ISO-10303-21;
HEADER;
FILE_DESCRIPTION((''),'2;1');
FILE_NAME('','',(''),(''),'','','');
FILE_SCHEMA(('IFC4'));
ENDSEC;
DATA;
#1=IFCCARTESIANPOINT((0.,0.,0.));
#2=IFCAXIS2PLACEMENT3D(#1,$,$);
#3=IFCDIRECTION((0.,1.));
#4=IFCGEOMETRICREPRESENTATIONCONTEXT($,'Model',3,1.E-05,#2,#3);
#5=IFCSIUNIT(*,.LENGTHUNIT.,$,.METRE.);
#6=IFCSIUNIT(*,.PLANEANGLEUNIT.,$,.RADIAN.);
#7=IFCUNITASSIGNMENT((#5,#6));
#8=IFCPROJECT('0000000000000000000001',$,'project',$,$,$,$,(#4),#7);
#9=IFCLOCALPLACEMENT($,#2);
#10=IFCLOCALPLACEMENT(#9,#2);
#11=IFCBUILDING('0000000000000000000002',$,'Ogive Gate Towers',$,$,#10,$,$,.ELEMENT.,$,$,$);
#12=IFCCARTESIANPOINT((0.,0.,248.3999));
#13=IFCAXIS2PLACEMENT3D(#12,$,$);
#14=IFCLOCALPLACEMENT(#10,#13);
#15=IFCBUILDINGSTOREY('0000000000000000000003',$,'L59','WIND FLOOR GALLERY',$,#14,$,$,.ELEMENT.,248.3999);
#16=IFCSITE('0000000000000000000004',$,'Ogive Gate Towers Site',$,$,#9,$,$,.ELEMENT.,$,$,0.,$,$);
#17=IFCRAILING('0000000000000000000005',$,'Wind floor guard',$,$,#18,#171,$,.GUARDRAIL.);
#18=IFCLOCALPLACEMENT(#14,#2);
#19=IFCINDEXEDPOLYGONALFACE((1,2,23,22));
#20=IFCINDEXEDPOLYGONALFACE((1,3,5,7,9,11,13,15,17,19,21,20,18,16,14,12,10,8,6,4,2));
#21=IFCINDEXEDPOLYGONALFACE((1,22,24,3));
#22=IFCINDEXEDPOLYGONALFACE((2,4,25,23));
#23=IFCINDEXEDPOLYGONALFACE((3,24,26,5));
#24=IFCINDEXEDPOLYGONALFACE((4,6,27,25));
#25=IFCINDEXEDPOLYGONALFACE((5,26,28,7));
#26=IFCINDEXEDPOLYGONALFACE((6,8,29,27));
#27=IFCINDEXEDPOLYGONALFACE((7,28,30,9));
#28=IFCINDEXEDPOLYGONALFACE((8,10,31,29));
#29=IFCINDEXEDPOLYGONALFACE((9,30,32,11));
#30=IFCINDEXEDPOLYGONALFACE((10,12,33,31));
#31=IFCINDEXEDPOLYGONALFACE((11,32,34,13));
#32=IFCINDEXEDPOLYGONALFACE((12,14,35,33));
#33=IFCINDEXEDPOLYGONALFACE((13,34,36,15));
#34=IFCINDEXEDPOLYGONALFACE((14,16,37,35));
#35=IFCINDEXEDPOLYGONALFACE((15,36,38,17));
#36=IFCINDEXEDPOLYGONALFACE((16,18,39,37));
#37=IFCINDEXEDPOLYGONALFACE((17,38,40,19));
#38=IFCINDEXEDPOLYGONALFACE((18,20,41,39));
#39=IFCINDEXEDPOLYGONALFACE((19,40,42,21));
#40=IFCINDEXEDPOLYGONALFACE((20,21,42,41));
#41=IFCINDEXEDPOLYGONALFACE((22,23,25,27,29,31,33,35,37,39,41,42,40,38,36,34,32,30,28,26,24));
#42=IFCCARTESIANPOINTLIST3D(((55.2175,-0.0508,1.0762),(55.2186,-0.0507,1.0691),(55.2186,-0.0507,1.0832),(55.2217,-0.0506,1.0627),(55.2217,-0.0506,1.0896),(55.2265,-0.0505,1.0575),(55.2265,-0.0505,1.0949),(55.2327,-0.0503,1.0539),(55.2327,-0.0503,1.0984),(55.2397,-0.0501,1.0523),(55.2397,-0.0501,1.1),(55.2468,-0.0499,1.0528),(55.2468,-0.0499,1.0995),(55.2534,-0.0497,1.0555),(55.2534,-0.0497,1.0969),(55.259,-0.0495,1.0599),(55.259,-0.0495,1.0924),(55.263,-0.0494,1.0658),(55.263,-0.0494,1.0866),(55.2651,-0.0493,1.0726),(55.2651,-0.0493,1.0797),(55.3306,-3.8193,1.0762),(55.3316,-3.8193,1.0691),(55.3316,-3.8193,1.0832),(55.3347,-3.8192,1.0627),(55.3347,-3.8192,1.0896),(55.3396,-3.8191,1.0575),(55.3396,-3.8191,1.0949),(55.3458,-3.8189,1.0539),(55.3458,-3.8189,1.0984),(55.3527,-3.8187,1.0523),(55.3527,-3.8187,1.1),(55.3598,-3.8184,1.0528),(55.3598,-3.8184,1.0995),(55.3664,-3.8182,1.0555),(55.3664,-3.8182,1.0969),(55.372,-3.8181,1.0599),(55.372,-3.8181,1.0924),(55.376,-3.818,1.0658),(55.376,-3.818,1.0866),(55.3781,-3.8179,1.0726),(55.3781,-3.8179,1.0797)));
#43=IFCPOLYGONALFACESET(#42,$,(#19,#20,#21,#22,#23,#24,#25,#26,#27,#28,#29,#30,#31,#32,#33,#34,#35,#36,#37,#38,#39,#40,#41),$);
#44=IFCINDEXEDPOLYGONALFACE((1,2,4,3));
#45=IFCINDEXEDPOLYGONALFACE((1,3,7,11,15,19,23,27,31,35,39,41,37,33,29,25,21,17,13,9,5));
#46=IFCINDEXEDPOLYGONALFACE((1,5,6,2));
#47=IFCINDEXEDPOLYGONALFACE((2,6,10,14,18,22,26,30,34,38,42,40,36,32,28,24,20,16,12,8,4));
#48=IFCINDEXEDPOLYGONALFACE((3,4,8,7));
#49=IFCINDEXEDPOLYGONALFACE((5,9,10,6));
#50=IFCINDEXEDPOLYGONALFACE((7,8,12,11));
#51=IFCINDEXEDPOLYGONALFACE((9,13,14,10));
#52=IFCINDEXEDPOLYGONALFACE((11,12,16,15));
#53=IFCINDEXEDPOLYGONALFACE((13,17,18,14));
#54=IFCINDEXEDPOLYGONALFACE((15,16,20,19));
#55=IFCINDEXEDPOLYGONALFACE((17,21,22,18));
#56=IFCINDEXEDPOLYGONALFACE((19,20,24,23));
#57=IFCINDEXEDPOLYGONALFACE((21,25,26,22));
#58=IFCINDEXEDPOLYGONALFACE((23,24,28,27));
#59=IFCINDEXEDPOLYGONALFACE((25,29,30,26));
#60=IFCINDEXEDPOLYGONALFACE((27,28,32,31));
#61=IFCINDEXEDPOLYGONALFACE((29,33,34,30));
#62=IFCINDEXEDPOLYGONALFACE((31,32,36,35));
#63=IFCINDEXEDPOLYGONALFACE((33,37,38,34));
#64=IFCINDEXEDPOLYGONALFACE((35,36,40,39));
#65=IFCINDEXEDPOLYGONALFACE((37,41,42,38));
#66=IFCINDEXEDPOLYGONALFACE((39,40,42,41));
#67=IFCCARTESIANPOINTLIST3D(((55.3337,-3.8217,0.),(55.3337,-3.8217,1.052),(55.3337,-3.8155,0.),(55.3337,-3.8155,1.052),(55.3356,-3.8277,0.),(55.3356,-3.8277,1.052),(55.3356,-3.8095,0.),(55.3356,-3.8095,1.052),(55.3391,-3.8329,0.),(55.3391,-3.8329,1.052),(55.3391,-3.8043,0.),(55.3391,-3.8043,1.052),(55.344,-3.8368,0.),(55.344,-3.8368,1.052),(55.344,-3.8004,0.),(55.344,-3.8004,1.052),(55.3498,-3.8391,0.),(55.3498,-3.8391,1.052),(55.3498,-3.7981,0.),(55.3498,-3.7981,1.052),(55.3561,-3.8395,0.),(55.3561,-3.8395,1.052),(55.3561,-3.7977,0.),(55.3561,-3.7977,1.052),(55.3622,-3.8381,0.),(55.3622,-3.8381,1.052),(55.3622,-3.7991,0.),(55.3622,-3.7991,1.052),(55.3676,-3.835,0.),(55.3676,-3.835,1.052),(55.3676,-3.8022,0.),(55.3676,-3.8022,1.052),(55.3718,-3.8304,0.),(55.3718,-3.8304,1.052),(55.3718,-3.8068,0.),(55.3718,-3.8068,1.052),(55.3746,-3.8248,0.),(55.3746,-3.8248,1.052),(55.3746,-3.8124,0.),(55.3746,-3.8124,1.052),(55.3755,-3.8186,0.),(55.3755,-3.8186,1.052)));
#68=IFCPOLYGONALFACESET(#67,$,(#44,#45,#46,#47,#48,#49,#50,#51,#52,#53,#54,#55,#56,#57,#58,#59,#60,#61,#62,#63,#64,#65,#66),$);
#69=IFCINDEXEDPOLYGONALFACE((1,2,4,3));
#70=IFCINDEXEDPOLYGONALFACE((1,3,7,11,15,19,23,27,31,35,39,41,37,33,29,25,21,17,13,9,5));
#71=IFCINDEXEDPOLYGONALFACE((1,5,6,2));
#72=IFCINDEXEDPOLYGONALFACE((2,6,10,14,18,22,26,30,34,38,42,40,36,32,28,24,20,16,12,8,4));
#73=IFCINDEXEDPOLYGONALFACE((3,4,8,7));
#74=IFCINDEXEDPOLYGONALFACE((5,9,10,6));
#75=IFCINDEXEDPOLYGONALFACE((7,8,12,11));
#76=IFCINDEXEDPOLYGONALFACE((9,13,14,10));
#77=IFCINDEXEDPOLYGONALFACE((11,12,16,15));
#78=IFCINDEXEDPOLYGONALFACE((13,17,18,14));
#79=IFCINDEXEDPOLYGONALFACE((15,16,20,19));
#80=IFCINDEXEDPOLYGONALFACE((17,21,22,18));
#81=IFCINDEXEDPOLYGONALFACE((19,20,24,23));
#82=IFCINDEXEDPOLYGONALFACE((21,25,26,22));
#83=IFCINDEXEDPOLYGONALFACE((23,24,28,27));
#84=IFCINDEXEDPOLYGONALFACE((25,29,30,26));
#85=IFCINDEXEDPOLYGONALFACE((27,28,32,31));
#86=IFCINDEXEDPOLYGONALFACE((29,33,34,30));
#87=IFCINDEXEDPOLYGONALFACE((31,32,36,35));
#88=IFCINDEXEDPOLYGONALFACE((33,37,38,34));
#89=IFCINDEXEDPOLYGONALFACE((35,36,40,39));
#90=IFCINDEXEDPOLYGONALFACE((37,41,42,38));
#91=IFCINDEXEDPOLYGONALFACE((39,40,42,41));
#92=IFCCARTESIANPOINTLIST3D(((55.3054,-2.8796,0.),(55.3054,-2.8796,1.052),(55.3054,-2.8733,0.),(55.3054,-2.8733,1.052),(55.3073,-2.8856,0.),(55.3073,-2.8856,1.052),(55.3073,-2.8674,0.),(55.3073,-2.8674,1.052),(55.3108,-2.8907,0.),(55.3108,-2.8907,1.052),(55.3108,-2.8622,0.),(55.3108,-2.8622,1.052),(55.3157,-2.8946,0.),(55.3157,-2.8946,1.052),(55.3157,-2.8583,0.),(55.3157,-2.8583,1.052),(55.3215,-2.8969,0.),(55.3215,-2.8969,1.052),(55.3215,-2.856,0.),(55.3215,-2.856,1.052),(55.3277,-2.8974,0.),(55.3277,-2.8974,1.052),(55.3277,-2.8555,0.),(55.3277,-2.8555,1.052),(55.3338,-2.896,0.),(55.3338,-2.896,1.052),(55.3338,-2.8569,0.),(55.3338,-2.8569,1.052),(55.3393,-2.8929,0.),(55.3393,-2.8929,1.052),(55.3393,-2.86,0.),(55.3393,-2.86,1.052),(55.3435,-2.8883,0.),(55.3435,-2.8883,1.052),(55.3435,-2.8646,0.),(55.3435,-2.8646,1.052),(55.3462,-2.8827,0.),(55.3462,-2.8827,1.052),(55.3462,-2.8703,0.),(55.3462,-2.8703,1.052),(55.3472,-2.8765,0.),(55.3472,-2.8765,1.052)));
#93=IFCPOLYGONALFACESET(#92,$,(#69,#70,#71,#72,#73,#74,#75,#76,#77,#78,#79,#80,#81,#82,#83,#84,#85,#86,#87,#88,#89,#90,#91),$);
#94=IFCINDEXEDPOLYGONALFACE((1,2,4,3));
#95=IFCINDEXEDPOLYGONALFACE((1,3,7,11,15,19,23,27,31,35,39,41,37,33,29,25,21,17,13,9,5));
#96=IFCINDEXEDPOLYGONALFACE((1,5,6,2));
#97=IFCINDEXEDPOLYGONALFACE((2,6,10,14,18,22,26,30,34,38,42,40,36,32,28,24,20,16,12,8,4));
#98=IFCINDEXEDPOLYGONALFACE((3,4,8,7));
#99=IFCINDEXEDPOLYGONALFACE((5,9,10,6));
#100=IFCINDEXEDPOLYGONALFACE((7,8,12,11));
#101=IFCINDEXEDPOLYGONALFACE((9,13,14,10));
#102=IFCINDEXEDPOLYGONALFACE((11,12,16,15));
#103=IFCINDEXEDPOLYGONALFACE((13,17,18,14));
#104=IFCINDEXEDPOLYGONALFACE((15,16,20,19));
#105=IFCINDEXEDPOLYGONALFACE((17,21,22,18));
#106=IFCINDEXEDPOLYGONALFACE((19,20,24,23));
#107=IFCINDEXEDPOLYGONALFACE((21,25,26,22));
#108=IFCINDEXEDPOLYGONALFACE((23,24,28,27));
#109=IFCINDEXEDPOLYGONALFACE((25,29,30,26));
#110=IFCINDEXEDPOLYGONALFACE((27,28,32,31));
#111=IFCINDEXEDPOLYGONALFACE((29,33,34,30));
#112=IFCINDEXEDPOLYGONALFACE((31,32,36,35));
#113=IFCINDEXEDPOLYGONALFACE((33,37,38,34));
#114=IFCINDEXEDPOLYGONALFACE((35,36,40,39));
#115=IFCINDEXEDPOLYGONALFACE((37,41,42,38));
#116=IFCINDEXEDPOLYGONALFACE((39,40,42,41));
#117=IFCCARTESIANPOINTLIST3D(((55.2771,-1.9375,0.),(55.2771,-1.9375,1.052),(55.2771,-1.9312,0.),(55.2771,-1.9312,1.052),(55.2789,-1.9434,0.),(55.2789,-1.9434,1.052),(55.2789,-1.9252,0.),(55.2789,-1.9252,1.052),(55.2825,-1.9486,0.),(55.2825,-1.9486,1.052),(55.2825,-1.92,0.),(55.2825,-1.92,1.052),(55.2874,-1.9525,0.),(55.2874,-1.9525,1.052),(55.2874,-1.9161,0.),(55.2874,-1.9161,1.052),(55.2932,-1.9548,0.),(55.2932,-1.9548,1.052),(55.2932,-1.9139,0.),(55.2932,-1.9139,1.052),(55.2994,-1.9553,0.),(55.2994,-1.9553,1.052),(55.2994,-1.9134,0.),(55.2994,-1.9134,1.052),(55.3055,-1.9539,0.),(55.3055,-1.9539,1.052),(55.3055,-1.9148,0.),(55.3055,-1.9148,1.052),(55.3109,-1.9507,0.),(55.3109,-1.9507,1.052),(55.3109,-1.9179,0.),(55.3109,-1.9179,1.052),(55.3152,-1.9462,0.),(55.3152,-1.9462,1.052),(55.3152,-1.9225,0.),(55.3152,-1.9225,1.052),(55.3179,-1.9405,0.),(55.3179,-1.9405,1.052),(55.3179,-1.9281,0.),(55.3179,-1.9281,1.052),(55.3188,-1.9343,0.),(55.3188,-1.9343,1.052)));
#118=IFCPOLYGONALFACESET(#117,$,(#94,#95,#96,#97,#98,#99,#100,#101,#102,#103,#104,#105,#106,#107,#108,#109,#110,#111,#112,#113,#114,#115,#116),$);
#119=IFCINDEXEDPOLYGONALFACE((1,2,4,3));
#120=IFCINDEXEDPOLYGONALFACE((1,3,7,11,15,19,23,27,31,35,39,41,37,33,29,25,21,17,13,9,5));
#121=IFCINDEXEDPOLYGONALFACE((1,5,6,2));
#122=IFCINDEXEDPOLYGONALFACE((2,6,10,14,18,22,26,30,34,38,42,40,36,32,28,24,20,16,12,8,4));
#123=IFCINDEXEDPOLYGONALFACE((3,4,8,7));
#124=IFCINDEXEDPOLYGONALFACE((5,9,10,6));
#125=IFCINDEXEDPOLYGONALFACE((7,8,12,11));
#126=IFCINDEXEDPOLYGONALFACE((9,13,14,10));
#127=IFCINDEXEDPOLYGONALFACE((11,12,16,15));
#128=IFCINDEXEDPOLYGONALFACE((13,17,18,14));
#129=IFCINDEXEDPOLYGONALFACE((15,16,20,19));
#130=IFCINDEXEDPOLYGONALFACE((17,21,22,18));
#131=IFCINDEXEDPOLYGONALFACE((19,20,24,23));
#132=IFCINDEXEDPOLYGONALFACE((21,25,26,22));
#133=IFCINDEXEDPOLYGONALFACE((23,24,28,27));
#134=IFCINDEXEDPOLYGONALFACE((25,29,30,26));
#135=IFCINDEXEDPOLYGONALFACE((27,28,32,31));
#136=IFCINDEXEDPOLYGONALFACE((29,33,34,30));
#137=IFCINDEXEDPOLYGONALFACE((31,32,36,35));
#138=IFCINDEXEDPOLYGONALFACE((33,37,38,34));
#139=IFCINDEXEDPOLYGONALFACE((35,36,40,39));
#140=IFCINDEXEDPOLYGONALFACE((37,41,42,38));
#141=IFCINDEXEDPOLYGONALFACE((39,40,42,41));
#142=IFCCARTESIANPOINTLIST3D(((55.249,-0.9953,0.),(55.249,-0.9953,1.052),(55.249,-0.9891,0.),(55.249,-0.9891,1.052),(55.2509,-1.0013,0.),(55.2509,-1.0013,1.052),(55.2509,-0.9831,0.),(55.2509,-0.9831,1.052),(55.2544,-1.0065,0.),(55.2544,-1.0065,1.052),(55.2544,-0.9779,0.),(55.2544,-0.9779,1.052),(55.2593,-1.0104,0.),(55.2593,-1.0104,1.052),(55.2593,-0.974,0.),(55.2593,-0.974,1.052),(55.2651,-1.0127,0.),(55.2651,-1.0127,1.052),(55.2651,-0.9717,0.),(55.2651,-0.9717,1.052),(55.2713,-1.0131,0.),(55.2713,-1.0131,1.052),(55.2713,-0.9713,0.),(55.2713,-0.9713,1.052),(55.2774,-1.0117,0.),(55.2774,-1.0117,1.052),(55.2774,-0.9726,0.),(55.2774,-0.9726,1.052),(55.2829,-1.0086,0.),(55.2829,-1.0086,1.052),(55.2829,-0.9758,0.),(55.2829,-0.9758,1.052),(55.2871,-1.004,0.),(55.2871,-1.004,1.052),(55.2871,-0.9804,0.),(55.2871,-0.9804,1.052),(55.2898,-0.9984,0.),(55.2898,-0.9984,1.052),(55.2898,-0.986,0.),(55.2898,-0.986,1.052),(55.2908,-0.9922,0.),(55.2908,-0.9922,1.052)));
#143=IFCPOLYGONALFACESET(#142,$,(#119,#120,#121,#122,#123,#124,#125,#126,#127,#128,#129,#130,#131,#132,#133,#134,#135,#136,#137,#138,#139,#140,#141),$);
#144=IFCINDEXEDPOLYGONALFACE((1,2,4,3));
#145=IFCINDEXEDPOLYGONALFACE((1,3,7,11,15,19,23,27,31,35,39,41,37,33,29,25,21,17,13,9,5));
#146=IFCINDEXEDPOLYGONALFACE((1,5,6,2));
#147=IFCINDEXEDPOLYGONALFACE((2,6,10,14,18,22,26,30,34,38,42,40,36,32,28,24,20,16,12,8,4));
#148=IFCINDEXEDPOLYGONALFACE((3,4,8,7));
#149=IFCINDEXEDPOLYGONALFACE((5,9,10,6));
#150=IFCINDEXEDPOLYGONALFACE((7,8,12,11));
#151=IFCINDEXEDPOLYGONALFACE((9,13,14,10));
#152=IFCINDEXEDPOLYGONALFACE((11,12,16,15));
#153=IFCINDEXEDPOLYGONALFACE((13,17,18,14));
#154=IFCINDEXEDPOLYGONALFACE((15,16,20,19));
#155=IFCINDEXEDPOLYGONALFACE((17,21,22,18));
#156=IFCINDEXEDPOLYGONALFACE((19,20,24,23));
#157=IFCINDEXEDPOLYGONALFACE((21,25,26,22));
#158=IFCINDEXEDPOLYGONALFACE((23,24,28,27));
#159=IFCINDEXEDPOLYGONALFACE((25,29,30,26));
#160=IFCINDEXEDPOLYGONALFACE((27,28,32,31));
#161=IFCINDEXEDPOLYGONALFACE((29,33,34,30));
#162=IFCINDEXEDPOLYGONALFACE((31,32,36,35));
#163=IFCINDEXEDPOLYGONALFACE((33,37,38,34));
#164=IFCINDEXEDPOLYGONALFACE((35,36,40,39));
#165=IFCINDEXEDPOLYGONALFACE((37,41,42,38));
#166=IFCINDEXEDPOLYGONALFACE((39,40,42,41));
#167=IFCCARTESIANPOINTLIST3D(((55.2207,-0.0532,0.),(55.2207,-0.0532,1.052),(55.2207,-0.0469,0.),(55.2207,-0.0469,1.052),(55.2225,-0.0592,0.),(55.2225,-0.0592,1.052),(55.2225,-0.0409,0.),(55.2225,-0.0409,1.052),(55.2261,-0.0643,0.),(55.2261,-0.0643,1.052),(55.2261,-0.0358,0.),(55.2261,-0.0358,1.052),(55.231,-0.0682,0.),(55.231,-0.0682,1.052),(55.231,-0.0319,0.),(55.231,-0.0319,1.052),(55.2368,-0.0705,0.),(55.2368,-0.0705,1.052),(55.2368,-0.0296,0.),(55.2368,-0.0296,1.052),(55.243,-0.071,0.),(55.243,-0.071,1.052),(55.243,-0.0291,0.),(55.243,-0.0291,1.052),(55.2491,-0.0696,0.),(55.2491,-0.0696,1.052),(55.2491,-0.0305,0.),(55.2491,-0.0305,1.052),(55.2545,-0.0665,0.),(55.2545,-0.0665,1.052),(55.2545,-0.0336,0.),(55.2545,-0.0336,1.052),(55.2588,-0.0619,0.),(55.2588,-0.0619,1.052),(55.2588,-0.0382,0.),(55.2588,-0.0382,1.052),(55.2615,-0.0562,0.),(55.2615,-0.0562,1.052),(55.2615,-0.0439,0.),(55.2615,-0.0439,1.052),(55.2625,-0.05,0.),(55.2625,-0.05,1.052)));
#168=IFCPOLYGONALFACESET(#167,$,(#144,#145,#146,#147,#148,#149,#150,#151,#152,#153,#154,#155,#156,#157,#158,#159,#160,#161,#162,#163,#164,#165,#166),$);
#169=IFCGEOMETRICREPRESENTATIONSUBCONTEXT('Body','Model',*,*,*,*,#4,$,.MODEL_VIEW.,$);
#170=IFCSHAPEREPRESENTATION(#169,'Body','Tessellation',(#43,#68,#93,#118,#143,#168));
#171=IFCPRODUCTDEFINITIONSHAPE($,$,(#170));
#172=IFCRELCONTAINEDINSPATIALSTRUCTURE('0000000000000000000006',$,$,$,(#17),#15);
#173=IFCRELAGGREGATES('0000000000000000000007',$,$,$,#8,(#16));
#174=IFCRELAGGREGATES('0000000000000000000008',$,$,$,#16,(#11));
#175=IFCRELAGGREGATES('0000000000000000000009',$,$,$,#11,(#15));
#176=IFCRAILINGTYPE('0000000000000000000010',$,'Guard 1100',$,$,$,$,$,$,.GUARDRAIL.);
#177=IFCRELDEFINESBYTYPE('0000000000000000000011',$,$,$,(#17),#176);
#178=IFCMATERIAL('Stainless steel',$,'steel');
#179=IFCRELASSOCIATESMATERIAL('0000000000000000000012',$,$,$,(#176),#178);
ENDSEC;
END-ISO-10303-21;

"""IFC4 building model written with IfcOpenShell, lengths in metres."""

from ifc_helpers import new_model, si_unit, direction, frame, origin, origin_2d, place, context, subcontext, project, spatial, circle, extrude, material, type_object, element, save


model = new_model("IFC4")

# Units and contexts
model_context = context("Model", 3, precision=1e-05, world=origin(), true_north=direction((0.0, 1.0)))
body_context = subcontext(model_context, "Body", "Model", "MODEL_VIEW")
ifc_project = project(units=[si_unit("LENGTHUNIT", "METRE"), si_unit("PLANEANGLEUNIT", "RADIAN")], contexts=[model_context])

# Site, building, storey
site_placement = place(None, origin())
site = spatial("IfcSite", under=ifc_project, at=site_placement, Name="Ogive Gate Towers Site", CompositionType="ELEMENT", RefElevation=0.0)
building_placement = place(site_placement, origin())
building = spatial("IfcBuilding", under=site, at=building_placement, Name="Ogive Gate Towers", CompositionType="ELEMENT")
storey_placement = place(building_placement, frame((0.0, 0.0, 248.3999)))
storey = spatial("IfcBuildingStorey", under=building, at=storey_placement, Name="L59", Description="WIND FLOOR GALLERY", CompositionType="ELEMENT", Elevation=248.3999)

# Railing
ifc_material_1 = material(Name="Stainless steel", Category="steel")
railing_type_1 = type_object("IfcRailingType", Name="Guard 1100", PredefinedType="GUARDRAIL", material=ifc_material_1)
railing_1_placement = place(storey_placement, frame((55.3545, -3.8186, 0.0)))
element("IfcRailing", 1, at=railing_1_placement, inside=storey, type_object=railing_type_1, Name="Wind floor guard", PredefinedType="GUARDRAIL", context=body_context, shape_type="SweptSolid", body=[
    extrude(circle(Radius=0.0239, at=origin_2d()), frame((0.0, 0.0, 1.0762), z_axis=(-0.029981, 0.99955, 0.0), x_axis=(-0.99955, -0.029981, 0.0)), (0.0, 0.0, 1.0), 3.7703),
    extrude(circle(Radius=0.021, at=origin_2d()), origin(), (0.0, 0.0, 1.0), 1.052),
    extrude(circle(Radius=0.021, at=origin_2d()), frame((-0.0283, 0.9421, 0.0)), (0.0, 0.0, 1.0), 1.052),
    extrude(circle(Radius=0.021, at=origin_2d()), frame((-0.0566, 1.8843, 0.0)), (0.0, 0.0, 1.0), 1.052),
    extrude(circle(Radius=0.021, at=origin_2d()), frame((-0.0847, 2.8264, 0.0)), (0.0, 0.0, 1.0), 1.052),
    extrude(circle(Radius=0.021, at=origin_2d()), frame((-0.113, 3.7686, 0.0)), (0.0, 0.0, 1.0), 1.052),
])

save(model, "model.ifc")
